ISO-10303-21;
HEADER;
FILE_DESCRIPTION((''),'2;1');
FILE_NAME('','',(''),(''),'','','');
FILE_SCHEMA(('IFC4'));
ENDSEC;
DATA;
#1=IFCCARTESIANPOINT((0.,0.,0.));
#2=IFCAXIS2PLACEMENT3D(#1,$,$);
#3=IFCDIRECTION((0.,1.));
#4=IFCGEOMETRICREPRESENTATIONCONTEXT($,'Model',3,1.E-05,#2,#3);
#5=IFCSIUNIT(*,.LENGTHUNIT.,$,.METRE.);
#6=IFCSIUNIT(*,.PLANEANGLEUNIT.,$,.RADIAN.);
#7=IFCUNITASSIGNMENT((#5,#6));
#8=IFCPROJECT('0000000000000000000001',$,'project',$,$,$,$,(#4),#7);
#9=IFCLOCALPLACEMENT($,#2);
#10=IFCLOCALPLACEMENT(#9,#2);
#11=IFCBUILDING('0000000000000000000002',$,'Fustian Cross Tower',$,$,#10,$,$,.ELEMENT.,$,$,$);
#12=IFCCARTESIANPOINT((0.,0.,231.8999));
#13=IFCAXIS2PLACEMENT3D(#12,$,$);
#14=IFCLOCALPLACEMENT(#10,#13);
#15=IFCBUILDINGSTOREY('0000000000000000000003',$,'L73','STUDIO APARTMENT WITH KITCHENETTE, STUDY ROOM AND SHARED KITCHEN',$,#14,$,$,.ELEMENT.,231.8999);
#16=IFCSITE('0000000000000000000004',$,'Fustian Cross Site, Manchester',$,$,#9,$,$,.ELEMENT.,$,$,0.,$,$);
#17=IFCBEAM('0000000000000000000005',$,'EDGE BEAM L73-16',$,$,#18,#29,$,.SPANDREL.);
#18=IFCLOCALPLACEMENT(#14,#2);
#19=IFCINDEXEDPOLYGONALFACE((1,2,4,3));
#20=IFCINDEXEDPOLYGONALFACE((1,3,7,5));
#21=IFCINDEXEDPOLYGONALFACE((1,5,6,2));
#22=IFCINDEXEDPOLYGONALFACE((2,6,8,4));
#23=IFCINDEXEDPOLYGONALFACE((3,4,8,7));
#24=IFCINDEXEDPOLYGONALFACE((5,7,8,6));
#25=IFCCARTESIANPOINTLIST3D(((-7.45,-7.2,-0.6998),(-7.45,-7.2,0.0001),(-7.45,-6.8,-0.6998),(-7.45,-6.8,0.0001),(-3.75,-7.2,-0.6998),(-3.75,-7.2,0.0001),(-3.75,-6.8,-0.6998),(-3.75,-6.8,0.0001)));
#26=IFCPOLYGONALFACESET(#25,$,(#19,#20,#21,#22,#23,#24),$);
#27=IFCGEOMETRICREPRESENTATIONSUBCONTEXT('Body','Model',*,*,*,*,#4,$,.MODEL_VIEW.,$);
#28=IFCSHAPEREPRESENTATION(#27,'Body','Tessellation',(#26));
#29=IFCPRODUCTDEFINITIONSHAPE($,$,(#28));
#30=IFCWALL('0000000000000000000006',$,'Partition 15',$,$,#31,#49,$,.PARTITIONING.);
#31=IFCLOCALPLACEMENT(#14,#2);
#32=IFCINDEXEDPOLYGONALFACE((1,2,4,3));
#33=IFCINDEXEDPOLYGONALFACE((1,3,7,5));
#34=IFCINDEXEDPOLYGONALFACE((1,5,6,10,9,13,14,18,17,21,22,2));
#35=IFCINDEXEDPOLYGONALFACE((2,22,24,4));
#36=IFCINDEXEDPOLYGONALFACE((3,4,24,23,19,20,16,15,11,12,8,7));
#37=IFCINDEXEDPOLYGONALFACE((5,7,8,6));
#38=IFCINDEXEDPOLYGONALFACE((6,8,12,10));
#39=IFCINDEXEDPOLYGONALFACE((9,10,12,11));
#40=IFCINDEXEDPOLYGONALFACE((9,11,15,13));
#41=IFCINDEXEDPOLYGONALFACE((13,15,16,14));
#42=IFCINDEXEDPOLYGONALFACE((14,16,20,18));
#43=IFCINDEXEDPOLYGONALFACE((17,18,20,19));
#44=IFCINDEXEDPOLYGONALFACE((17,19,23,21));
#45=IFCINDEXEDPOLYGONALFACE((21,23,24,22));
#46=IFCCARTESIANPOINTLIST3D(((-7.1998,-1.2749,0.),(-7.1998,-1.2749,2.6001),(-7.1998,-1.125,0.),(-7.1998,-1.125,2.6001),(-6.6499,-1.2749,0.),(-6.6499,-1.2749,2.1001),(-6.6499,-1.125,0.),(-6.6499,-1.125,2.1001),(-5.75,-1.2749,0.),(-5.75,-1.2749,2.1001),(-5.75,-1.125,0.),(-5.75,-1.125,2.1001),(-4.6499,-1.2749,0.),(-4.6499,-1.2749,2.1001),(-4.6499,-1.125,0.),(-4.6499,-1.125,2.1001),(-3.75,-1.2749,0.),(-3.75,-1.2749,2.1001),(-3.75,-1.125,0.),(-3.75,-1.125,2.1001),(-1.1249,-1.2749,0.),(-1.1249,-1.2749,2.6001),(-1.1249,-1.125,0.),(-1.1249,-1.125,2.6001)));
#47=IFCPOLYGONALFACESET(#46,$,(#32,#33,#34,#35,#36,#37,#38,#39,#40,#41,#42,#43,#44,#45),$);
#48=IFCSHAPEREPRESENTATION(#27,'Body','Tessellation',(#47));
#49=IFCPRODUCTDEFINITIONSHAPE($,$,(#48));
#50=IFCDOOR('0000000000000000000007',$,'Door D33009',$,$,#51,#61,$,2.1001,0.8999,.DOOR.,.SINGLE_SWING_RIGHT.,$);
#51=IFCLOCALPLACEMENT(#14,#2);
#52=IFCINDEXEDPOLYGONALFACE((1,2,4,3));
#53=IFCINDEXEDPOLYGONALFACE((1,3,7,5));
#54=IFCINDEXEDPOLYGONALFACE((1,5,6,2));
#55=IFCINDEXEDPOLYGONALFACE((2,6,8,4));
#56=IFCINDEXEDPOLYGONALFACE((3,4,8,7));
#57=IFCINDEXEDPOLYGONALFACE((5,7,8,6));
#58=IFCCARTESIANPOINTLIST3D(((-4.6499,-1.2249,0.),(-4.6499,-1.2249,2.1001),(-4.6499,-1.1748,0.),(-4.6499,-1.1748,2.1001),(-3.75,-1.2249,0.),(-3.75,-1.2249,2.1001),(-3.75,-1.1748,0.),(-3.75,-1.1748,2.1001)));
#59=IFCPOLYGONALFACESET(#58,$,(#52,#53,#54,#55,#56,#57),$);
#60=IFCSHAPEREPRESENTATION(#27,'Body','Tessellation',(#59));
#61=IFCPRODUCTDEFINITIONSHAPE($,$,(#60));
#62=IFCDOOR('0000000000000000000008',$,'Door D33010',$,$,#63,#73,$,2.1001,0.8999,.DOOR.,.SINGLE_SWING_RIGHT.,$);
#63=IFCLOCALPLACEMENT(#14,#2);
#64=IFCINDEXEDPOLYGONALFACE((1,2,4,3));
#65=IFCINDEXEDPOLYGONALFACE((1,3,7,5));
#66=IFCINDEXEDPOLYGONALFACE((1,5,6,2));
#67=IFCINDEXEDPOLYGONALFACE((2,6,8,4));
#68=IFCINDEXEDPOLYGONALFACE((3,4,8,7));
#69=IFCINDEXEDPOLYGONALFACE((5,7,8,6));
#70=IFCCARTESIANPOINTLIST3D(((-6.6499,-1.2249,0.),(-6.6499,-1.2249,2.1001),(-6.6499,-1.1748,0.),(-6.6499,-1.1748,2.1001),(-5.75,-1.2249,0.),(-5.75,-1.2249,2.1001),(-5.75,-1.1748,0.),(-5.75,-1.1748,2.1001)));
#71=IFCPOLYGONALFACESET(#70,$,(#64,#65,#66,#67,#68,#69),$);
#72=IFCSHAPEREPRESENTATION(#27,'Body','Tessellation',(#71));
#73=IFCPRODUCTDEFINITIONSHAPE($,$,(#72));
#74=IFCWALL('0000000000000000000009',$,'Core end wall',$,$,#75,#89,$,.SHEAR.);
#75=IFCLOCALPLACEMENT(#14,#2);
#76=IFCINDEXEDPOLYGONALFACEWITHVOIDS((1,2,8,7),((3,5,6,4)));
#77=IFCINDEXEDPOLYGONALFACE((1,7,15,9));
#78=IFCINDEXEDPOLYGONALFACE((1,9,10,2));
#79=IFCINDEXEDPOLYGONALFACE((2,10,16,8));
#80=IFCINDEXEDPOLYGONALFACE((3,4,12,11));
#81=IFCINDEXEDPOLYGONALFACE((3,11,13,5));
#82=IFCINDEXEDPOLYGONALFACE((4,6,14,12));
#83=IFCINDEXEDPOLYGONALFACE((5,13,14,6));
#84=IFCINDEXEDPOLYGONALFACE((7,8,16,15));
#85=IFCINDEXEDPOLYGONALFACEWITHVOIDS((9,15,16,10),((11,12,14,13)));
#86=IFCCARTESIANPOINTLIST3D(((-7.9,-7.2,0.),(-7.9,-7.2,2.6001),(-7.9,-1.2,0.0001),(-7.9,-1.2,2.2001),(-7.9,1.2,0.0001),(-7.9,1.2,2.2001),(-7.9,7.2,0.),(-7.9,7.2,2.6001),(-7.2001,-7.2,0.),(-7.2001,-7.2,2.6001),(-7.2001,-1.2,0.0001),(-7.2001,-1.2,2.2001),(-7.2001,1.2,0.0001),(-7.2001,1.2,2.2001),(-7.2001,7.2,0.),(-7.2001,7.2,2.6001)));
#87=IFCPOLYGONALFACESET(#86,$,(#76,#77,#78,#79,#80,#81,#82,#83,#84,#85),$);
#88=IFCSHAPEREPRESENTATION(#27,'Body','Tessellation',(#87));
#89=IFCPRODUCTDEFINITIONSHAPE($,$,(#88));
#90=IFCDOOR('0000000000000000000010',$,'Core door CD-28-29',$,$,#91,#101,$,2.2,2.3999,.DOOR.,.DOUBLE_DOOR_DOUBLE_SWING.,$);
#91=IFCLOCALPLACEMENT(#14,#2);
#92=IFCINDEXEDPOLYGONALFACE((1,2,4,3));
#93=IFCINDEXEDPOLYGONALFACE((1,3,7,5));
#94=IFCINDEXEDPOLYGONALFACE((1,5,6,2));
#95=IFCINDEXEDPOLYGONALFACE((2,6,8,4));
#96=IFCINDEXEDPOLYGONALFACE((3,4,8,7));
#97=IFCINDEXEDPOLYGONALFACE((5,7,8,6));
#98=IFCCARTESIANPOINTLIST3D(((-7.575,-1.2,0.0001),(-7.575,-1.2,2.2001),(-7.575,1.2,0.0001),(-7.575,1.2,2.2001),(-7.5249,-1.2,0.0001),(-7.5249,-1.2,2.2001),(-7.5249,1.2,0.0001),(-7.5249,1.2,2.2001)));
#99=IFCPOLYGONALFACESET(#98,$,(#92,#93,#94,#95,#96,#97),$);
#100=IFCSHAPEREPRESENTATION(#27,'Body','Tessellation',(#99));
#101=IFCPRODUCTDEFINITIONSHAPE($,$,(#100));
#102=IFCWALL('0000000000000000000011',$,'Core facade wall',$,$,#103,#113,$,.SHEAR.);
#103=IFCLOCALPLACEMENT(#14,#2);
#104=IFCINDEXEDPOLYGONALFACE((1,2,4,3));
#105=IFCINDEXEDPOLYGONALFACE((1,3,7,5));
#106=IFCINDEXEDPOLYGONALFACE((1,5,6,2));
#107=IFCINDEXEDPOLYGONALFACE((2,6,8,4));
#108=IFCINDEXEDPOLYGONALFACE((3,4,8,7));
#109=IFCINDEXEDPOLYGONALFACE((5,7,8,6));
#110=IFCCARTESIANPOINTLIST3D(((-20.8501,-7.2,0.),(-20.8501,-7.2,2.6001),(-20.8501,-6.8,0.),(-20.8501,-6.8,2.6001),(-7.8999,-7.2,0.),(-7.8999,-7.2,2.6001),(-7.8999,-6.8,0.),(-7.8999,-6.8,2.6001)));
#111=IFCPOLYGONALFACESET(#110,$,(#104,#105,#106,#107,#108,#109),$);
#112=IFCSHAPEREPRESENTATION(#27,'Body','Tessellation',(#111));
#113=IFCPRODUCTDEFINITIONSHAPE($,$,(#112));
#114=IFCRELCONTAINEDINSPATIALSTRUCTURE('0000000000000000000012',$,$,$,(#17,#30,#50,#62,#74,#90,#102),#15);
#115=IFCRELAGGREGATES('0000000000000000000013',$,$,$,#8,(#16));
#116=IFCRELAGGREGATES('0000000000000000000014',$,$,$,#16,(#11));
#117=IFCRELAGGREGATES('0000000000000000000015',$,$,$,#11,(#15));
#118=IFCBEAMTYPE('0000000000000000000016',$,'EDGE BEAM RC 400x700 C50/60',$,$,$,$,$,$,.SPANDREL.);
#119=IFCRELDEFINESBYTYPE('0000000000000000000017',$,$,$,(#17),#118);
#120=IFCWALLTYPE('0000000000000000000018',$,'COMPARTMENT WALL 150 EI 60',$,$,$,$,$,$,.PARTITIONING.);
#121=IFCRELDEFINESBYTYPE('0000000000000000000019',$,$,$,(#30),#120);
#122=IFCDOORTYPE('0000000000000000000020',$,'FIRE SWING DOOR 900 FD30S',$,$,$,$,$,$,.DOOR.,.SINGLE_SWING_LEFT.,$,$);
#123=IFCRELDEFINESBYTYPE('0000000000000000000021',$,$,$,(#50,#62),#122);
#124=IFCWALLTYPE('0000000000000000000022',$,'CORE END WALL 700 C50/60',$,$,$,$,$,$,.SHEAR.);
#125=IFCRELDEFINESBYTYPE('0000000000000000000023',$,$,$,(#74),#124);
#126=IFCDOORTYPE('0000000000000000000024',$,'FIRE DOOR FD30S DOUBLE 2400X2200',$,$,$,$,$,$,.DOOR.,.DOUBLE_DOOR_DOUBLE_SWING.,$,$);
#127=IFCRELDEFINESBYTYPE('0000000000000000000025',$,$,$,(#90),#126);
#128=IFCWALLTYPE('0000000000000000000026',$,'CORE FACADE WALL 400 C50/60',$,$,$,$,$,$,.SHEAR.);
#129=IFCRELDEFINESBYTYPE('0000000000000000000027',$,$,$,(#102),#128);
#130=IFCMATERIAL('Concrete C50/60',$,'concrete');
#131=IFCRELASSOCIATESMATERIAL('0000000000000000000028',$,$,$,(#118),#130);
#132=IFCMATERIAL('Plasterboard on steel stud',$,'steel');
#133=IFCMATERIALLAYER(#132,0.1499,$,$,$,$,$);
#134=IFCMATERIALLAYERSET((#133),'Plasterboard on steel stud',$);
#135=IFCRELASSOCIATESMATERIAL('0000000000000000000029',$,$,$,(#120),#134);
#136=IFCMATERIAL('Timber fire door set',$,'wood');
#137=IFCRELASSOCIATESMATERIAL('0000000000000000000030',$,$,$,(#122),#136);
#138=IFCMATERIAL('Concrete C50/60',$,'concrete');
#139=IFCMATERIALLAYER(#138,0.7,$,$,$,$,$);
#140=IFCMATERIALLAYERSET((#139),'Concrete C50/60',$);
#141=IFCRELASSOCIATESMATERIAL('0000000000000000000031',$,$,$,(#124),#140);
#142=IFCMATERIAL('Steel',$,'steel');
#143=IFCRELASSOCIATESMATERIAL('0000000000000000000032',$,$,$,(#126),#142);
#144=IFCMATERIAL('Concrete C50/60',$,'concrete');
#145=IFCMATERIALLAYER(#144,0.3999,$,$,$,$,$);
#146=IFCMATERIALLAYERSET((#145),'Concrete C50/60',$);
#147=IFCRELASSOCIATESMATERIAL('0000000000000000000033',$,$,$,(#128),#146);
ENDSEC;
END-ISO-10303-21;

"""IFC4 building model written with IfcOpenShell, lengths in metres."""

from ifc_helpers import new_model, si_unit, direction, frame, frame_2d, origin, origin_2d, place, context, subcontext, project, spatial, rectangle, extrude, material, layer, layer_set, material_profile, profile_set, type_object, element, fill, save


model = new_model("IFC4")

# Units and contexts
model_context = context("Model", 3, precision=1e-05, world=origin(), true_north=direction((0.0, 1.0)))
body_context = subcontext(model_context, "Body", "Model", "MODEL_VIEW")
ifc_project = project(units=[si_unit("LENGTHUNIT", "METRE"), si_unit("PLANEANGLEUNIT", "RADIAN")], contexts=[model_context])

# Site, building, storey
site_placement = place(None, origin())
site = spatial("IfcSite", under=ifc_project, at=site_placement, Name="Fustian Cross Site, Manchester", CompositionType="ELEMENT", RefElevation=0.0)
building_placement = place(site_placement, origin())
building = spatial("IfcBuilding", under=site, at=building_placement, Name="Fustian Cross Tower", CompositionType="ELEMENT")
storey_placement = place(building_placement, frame((0.0, 0.0, 231.8999)))
storey = spatial("IfcBuildingStorey", under=building, at=storey_placement, Name="L73", Description="STUDIO APARTMENT WITH KITCHENETTE, STUDY ROOM AND SHARED KITCHEN", CompositionType="ELEMENT", Elevation=231.8999)

# Beam
ifc_material_1 = material(Name="Concrete C50/60", Category="concrete")
ifc_material_profile = material_profile(ifc_material_1, rectangle(XDim=0.3999, YDim=0.7, at=origin_2d()), Name="RC 400x700")
ifc_profile_set = profile_set([ifc_material_profile], Name="Concrete C50/60")
beam_type = type_object("IfcBeamType", Name="EDGE BEAM RC 400x700 C50/60", PredefinedType="SPANDREL", material=ifc_profile_set)
beam_placement = place(storey_placement, frame((-7.45, -7.0, -0.3499), z_axis=(1.0, 0.0, 0.0), x_axis=(0.0, 1.0, 0.0)))
element("IfcBeam", 1, at=beam_placement, inside=storey, type_object=beam_type, Name="EDGE BEAM L73-16", PredefinedType="SPANDREL", context=body_context, shape_type="SweptSolid", body=[
    extrude(rectangle(XDim=0.3999, YDim=0.7, at=origin_2d()), origin(), (0.0, 0.0, 1.0), 3.7),
])

# Wall, openings, doors
ifc_material_2 = material(Name="Plasterboard on steel stud", Category="steel")
ifc_layer_1 = layer(ifc_material_2, 0.1499)
ifc_layer_set_1 = layer_set([ifc_layer_1], Name="Plasterboard on steel stud")
wall_type_1 = type_object("IfcWallType", Name="COMPARTMENT WALL 150 EI 60", PredefinedType="PARTITIONING", material=ifc_layer_set_1)
wall_1_placement = place(storey_placement, frame((-7.2, -1.2, 0.0), z_axis=(0.0, 0.0, 1.0), x_axis=(1.0, 0.0, 0.0)))
wall_1 = element("IfcWall", 2, at=wall_1_placement, inside=storey, type_object=wall_type_1, Name="Partition 15", PredefinedType="PARTITIONING", context=body_context, shape_type="SweptSolid", body=[
    extrude(rectangle(XDim=6.075, YDim=0.1499, at=frame_2d((3.0376, 0.0))), origin(), (0.0, 0.0, 1.0), 2.6001),
])
opening_1_placement = place(wall_1_placement, frame((2.55, 0.0, 0.0)))
opening_1 = element("IfcOpeningElement", 3, at=opening_1_placement, cuts=wall_1, PredefinedType="OPENING", context=body_context, shape_type="SweptSolid", body=[
    extrude(rectangle(XDim=0.8999, YDim=2.1001, at=frame_2d((0.45, 1.05))), frame((0.0, 0.085, 0.0), z_axis=(0.0, -1.0, 0.0), x_axis=(1.0, 0.0, 0.0)), (0.0, 0.0, 1.0), 0.1699),
])
opening_2_placement = place(wall_1_placement, frame((0.55, 0.0, 0.0)))
opening_2 = element("IfcOpeningElement", 4, at=opening_2_placement, cuts=wall_1, PredefinedType="OPENING", context=body_context, shape_type="SweptSolid", body=[
    extrude(rectangle(XDim=0.8999, YDim=2.1001, at=frame_2d((0.45, 1.05))), frame((0.0, 0.085, 0.0), z_axis=(0.0, -1.0, 0.0), x_axis=(1.0, 0.0, 0.0)), (0.0, 0.0, 1.0), 0.1699),
])
ifc_material_3 = material(Name="Timber fire door set", Category="wood")
door_type_1 = type_object("IfcDoorType", Name="FIRE SWING DOOR 900 FD30S", OperationType="SINGLE_SWING_LEFT", PredefinedType="DOOR", material=ifc_material_3)
door_1_placement = place(opening_1_placement, frame((0.8999, 0.0, 0.0), z_axis=(0.0, 0.0, 1.0), x_axis=(-1.0, 0.0, 0.0)))
door_1 = element("IfcDoor", 5, at=door_1_placement, inside=storey, type_object=door_type_1, Name="Door D33009", OperationType="SINGLE_SWING_RIGHT", OverallHeight=2.1001, OverallWidth=0.8999, PredefinedType="DOOR", context=body_context, shape_type="SweptSolid", body=[
    extrude(rectangle(XDim=0.8999, YDim=2.1001, at=frame_2d((0.45, 1.05))), frame((0.0, 0.0249, 0.0), z_axis=(0.0, -1.0, 0.0), x_axis=(1.0, 0.0, 0.0)), (0.0, 0.0, 1.0), 0.05),
])
fill(opening_1, door_1)
door_2_placement = place(opening_2_placement, frame((0.8999, 0.0, 0.0), z_axis=(0.0, 0.0, 1.0), x_axis=(-1.0, 0.0, 0.0)))
door_2 = element("IfcDoor", 6, at=door_2_placement, inside=storey, type_object=door_type_1, Name="Door D33010", OperationType="SINGLE_SWING_RIGHT", OverallHeight=2.1001, OverallWidth=0.8999, PredefinedType="DOOR", context=body_context, shape_type="SweptSolid", body=[
    extrude(rectangle(XDim=0.8999, YDim=2.1001, at=frame_2d((0.45, 1.05))), frame((0.0, 0.0249, 0.0), z_axis=(0.0, -1.0, 0.0), x_axis=(1.0, 0.0, 0.0)), (0.0, 0.0, 1.0), 0.05),
])
fill(opening_2, door_2)

# Wall, opening, door
ifc_material_4 = material(Name="Concrete C50/60", Category="concrete")
ifc_layer_2 = layer(ifc_material_4, 0.7)
ifc_layer_set_2 = layer_set([ifc_layer_2], Name="Concrete C50/60")
wall_type_2 = type_object("IfcWallType", Name="CORE END WALL 700 C50/60", PredefinedType="SHEAR", material=ifc_layer_set_2)
wall_2_placement = place(storey_placement, frame((-7.55, -7.2, 0.0), z_axis=(0.0, 0.0, 1.0), x_axis=(0.0, 1.0, 0.0)))
wall_2 = element("IfcWall", 7, at=wall_2_placement, inside=storey, type_object=wall_type_2, Name="Core end wall", PredefinedType="SHEAR", context=body_context, shape_type="SweptSolid", body=[
    extrude(rectangle(XDim=14.3999, YDim=0.7, at=frame_2d((7.2, 0.0))), origin(), (0.0, 0.0, 1.0), 2.6001),
])
opening_3_placement = place(wall_2_placement, frame((6.0, 0.0, 0.0)))
opening_3 = element("IfcOpeningElement", 8, at=opening_3_placement, cuts=wall_2, PredefinedType="OPENING", context=body_context, shape_type="SweptSolid", body=[
    extrude(rectangle(XDim=2.3999, YDim=2.2, at=frame_2d((1.2, 1.1001))), frame((0.0, 0.3599, 0.0), z_axis=(0.0, -1.0, 0.0), x_axis=(1.0, 0.0, 0.0)), (0.0, 0.0, 1.0), 0.72),
])
ifc_material_5 = material(Name="Steel", Category="steel")
door_type_2 = type_object("IfcDoorType", Name="FIRE DOOR FD30S DOUBLE 2400X2200", OperationType="DOUBLE_DOOR_DOUBLE_SWING", PredefinedType="DOOR", material=ifc_material_5)
door_3_placement = place(opening_3_placement, origin())
door_3 = element("IfcDoor", 9, at=door_3_placement, inside=storey, type_object=door_type_2, Name="Core door CD-28-29", OperationType="DOUBLE_DOOR_DOUBLE_SWING", OverallHeight=2.2, OverallWidth=2.3999, PredefinedType="DOOR", context=body_context, shape_type="SweptSolid", body=[
    extrude(rectangle(XDim=2.3999, YDim=2.2, at=frame_2d((1.2, 1.1001))), frame((0.0, 0.0249, 0.0), z_axis=(0.0, -1.0, 0.0), x_axis=(1.0, 0.0, 0.0)), (0.0, 0.0, 1.0), 0.05),
])
fill(opening_3, door_3)

# Wall
ifc_material_6 = material(Name="Concrete C50/60", Category="concrete")
ifc_layer_3 = layer(ifc_material_6, 0.3999)
ifc_layer_set_3 = layer_set([ifc_layer_3], Name="Concrete C50/60")
wall_type_3 = type_object("IfcWallType", Name="CORE FACADE WALL 400 C50/60", PredefinedType="SHEAR", material=ifc_layer_set_3)
wall_3_placement = place(storey_placement, frame((-7.8999, -7.0, 0.0), z_axis=(0.0, 0.0, 1.0), x_axis=(-1.0, 0.0, 0.0)))
element("IfcWall", 10, at=wall_3_placement, inside=storey, type_object=wall_type_3, Name="Core facade wall", PredefinedType="SHEAR", context=body_context, shape_type="SweptSolid", body=[
    extrude(rectangle(XDim=12.9502, YDim=0.3999, at=frame_2d((6.4751, 0.0))), origin(), (0.0, 0.0, 1.0), 2.6001),
])

save(model, "model.ifc")
